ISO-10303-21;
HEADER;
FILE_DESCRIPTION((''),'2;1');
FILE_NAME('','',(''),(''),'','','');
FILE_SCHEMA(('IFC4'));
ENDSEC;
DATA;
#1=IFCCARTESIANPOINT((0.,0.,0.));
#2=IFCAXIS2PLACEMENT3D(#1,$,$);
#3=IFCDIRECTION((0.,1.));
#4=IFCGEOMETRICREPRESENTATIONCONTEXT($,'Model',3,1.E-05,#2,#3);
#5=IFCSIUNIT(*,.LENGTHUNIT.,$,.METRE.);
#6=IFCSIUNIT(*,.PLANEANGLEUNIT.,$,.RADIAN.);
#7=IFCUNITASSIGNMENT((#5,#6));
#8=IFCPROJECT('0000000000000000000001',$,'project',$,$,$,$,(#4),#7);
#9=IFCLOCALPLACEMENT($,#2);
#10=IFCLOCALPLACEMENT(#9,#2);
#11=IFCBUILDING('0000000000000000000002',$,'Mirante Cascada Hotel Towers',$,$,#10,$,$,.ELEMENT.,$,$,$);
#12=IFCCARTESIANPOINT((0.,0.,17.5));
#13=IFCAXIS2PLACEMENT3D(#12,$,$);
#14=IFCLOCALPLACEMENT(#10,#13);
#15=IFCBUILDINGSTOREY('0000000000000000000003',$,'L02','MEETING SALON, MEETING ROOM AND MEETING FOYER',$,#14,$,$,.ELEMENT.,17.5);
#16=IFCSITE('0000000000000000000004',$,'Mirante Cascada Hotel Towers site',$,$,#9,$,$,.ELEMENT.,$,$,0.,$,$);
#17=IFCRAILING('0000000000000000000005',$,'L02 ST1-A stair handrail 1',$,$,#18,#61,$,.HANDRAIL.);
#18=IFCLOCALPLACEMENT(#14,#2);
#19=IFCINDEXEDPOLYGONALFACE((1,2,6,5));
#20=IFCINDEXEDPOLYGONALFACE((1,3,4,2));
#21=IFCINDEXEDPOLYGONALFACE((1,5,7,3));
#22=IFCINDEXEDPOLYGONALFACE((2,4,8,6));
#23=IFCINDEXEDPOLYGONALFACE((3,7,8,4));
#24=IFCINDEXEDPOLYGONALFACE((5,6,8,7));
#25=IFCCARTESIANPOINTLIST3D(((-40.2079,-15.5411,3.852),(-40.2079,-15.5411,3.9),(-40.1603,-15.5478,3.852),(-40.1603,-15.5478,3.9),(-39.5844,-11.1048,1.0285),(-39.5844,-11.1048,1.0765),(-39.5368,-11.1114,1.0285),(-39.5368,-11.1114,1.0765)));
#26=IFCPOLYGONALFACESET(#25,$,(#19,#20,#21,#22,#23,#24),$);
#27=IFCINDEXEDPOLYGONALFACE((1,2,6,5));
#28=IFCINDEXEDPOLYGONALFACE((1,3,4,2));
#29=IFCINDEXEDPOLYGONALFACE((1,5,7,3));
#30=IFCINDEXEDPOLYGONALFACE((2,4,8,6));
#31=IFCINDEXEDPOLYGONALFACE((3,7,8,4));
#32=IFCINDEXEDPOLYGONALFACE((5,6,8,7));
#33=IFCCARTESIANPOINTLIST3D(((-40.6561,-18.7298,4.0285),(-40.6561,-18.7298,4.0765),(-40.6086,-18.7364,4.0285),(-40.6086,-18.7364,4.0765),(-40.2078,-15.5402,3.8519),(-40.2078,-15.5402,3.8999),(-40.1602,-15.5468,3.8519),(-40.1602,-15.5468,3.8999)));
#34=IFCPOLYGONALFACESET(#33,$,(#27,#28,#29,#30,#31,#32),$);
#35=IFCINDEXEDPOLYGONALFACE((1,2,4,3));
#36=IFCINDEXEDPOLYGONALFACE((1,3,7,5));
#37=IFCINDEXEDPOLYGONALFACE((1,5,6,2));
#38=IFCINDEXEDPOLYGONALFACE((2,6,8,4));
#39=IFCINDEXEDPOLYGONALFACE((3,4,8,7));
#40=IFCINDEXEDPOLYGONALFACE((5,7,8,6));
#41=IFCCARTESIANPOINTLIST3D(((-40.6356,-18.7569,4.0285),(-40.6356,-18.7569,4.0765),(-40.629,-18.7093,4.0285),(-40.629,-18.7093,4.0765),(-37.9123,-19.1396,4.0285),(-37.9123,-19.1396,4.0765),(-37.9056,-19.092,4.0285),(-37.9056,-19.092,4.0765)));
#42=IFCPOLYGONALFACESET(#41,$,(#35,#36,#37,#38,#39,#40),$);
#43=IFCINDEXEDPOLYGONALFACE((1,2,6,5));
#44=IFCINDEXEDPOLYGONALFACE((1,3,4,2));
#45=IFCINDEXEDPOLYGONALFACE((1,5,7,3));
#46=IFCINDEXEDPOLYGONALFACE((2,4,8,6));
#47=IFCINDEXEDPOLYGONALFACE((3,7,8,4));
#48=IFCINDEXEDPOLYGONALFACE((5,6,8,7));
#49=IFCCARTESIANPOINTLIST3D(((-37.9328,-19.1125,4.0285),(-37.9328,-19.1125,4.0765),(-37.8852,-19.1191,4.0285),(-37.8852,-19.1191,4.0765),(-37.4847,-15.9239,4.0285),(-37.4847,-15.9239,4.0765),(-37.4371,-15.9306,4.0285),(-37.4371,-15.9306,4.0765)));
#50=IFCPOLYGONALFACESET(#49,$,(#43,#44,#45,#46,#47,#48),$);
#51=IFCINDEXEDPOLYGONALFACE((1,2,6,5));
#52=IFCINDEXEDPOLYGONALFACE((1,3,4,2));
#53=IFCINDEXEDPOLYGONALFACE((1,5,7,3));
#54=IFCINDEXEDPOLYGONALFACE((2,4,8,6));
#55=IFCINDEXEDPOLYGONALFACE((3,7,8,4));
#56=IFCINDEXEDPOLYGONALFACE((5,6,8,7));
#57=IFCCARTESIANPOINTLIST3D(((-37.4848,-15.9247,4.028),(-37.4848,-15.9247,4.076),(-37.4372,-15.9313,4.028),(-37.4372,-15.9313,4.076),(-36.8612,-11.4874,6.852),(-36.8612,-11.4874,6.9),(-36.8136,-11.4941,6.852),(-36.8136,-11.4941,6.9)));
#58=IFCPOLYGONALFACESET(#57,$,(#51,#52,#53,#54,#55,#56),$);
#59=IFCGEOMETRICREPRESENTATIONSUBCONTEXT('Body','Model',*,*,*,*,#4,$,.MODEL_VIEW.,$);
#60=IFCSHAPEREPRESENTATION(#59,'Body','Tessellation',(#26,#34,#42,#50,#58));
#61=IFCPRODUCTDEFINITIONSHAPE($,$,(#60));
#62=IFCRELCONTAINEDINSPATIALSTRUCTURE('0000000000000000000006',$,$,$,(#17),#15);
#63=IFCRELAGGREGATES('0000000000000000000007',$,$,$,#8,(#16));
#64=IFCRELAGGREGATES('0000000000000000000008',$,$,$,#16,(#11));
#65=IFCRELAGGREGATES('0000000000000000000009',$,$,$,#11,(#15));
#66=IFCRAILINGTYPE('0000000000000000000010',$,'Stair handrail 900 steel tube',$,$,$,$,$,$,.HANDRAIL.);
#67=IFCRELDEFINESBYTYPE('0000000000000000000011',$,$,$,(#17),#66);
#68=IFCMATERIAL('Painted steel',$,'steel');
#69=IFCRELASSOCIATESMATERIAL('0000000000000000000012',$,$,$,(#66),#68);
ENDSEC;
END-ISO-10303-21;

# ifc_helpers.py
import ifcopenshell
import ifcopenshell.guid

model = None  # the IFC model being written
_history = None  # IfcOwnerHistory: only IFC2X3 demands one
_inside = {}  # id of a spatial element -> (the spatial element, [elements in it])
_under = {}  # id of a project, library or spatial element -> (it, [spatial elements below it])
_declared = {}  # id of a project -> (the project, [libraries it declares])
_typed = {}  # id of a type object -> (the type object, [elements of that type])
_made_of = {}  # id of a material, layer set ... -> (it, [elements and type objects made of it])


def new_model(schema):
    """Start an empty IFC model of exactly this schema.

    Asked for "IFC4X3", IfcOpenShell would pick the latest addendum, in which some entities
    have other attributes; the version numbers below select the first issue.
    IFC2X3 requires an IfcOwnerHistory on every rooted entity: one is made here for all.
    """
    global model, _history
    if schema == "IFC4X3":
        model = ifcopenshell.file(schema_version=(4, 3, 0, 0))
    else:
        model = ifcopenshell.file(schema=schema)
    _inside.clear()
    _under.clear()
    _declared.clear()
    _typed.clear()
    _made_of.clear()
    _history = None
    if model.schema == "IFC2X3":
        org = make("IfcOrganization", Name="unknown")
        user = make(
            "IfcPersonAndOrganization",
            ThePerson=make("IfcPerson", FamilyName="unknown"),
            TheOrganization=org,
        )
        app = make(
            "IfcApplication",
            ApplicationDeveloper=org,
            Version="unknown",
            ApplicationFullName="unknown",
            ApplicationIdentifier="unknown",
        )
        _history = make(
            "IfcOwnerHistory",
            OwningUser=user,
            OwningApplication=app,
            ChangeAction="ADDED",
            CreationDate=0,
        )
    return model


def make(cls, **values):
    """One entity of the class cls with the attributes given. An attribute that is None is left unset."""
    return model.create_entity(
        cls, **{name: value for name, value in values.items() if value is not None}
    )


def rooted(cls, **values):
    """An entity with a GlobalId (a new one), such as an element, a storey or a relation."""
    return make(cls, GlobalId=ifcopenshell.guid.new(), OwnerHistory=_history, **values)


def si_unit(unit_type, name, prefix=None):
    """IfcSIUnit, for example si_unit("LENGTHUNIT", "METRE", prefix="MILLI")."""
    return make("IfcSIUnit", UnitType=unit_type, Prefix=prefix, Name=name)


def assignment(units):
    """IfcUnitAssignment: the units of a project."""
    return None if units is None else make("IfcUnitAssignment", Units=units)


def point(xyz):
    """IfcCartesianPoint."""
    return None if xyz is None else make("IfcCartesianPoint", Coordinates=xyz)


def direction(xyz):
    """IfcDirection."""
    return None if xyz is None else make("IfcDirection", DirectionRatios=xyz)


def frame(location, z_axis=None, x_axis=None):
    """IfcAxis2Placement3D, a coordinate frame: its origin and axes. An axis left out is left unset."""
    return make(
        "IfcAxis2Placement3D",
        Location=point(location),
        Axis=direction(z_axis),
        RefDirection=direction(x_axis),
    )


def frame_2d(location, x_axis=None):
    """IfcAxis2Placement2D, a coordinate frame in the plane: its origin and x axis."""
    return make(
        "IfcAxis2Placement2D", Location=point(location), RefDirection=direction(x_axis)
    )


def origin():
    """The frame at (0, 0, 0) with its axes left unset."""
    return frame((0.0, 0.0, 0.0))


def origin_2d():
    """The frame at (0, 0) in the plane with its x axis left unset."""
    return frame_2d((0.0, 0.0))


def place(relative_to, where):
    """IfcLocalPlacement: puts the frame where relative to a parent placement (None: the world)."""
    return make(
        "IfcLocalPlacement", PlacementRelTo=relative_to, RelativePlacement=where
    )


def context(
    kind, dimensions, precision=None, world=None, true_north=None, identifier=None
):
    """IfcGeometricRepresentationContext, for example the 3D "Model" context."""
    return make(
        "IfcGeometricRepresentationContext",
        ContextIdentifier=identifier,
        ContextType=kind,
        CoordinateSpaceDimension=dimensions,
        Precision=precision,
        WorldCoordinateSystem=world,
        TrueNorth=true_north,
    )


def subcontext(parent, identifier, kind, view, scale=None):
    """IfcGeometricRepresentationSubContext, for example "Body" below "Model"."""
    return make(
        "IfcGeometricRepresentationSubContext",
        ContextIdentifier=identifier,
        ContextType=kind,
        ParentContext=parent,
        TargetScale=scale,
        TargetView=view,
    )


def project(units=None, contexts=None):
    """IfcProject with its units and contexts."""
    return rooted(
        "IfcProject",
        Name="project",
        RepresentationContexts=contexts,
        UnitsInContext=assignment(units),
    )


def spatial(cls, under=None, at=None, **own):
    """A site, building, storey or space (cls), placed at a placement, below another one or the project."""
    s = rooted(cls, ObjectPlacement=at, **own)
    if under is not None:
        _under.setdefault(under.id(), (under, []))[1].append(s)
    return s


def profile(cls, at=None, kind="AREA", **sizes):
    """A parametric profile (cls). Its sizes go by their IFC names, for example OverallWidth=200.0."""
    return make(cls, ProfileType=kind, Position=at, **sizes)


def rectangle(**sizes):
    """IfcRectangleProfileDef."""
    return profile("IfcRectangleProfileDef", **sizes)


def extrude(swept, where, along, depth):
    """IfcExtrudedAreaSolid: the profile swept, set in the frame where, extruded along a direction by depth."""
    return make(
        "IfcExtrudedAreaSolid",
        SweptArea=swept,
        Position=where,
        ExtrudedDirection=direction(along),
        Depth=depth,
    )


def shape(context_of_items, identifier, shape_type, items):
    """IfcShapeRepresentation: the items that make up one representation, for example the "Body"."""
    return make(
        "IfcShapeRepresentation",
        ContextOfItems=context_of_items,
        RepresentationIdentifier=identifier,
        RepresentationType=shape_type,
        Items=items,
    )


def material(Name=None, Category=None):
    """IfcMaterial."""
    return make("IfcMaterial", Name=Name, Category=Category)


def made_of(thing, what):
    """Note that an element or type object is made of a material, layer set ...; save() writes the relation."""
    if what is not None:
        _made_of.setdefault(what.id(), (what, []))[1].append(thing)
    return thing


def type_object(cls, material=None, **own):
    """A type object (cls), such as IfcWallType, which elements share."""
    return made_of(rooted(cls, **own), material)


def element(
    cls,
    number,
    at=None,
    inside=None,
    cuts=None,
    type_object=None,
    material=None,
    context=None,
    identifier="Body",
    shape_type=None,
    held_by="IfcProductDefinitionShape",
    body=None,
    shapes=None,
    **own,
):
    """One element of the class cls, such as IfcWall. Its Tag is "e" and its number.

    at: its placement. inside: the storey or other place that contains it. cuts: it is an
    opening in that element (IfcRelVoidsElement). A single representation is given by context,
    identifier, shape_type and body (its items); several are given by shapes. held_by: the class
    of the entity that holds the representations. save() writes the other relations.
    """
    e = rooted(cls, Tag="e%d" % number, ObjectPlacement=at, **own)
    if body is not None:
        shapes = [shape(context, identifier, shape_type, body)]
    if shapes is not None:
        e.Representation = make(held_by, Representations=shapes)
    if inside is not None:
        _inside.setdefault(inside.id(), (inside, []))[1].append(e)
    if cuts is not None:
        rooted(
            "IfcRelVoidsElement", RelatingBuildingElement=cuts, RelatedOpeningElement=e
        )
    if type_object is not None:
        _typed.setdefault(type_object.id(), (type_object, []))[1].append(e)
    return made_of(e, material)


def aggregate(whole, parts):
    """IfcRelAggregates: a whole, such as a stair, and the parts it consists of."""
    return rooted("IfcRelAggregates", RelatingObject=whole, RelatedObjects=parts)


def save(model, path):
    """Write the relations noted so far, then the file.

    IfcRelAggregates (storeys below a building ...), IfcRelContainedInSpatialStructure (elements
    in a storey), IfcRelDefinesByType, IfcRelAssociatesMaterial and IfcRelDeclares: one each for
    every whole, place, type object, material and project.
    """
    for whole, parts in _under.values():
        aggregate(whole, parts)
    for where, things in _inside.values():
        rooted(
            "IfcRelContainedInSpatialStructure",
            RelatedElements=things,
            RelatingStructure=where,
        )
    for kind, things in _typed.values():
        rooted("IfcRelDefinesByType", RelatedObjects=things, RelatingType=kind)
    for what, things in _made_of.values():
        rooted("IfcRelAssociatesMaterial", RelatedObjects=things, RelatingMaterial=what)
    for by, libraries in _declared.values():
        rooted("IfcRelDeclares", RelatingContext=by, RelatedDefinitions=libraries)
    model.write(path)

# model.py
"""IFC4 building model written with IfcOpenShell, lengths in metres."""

from ifc_helpers import new_model, si_unit, direction, frame, origin, origin_2d, place, context, subcontext, project, spatial, rectangle, extrude, material, type_object, element, save


model = new_model("IFC4")

# Units and contexts
model_context = context("Model", 3, precision=1e-05, world=origin(), true_north=direction((0.0, 1.0)))
body_context = subcontext(model_context, "Body", "Model", "MODEL_VIEW")
ifc_project = project(units=[si_unit("LENGTHUNIT", "METRE"), si_unit("PLANEANGLEUNIT", "RADIAN")], contexts=[model_context])

# Site, building, storey
site_placement = place(None, origin())
site = spatial("IfcSite", under=ifc_project, at=site_placement, Name="Mirante Cascada Hotel Towers site", CompositionType="ELEMENT", RefElevation=0.0)
building_placement = place(site_placement, origin())
building = spatial("IfcBuilding", under=site, at=building_placement, Name="Mirante Cascada Hotel Towers", CompositionType="ELEMENT")
storey_placement = place(building_placement, frame((0.0, 0.0, 17.5)))
storey = spatial("IfcBuildingStorey", under=building, at=storey_placement, Name="L02", Description="MEETING SALON, MEETING ROOM AND MEETING FOYER", CompositionType="ELEMENT", Elevation=17.5)

# Railing
ifc_material_1 = material(Name="Painted steel", Category="steel")
railing_type_1 = type_object("IfcRailingType", Name="Stair handrail 900 steel tube", PredefinedType="HANDRAIL", material=ifc_material_1)
railing_1_placement = place(storey_placement, frame((-39.5606, -11.1081, 0.1765)))
element("IfcRailing", 1, at=railing_1_placement, inside=storey, type_object=railing_type_1, Name="L02 ST1-A stair handrail 1", PredefinedType="HANDRAIL", context=body_context, shape_type="SweptSolid", body=[
    extrude(rectangle(XDim=0.048, YDim=0.048, at=origin_2d()), frame((0.0, 0.0, 0.876), z_axis=(-0.139174, -0.990268, 0.0), x_axis=(0.990268, -0.139174, 0.0)), (0.0, 0.533186, 0.845998), 5.2955),
    extrude(rectangle(XDim=0.048, YDim=0.048, at=origin_2d()), frame((-0.6234, -4.4354, 3.6994), z_axis=(-0.139195, -0.990265, 0.0), x_axis=(0.990265, -0.139195, 0.0)), (0.0, 0.054732, 0.998501), 3.2258),
    extrude(rectangle(XDim=0.048, YDim=0.048, at=origin_2d()), frame((-1.0717, -7.625, 3.876), z_axis=(0.99027, -0.139161, 0.0), x_axis=(0.139161, 0.99027, 0.0)), (0.0, 0.0, 1.0), 2.7501),
    extrude(rectangle(XDim=0.048, YDim=0.048, at=origin_2d()), frame((1.6516, -8.0077, 3.876), z_axis=(0.139164, 0.990269, 0.0), x_axis=(-0.990269, 0.139164, 0.0)), (0.0, 0.0, 1.0), 3.2199),
    extrude(rectangle(XDim=0.048, YDim=0.048, at=origin_2d()), frame((2.0996, -4.8199, 3.8755), z_axis=(0.139174, 0.990268, 0.0), x_axis=(-0.990268, 0.139174, 0.0)), (0.0, 0.533186, 0.845998), 5.2965),
])

save(model, "model.ifc")
